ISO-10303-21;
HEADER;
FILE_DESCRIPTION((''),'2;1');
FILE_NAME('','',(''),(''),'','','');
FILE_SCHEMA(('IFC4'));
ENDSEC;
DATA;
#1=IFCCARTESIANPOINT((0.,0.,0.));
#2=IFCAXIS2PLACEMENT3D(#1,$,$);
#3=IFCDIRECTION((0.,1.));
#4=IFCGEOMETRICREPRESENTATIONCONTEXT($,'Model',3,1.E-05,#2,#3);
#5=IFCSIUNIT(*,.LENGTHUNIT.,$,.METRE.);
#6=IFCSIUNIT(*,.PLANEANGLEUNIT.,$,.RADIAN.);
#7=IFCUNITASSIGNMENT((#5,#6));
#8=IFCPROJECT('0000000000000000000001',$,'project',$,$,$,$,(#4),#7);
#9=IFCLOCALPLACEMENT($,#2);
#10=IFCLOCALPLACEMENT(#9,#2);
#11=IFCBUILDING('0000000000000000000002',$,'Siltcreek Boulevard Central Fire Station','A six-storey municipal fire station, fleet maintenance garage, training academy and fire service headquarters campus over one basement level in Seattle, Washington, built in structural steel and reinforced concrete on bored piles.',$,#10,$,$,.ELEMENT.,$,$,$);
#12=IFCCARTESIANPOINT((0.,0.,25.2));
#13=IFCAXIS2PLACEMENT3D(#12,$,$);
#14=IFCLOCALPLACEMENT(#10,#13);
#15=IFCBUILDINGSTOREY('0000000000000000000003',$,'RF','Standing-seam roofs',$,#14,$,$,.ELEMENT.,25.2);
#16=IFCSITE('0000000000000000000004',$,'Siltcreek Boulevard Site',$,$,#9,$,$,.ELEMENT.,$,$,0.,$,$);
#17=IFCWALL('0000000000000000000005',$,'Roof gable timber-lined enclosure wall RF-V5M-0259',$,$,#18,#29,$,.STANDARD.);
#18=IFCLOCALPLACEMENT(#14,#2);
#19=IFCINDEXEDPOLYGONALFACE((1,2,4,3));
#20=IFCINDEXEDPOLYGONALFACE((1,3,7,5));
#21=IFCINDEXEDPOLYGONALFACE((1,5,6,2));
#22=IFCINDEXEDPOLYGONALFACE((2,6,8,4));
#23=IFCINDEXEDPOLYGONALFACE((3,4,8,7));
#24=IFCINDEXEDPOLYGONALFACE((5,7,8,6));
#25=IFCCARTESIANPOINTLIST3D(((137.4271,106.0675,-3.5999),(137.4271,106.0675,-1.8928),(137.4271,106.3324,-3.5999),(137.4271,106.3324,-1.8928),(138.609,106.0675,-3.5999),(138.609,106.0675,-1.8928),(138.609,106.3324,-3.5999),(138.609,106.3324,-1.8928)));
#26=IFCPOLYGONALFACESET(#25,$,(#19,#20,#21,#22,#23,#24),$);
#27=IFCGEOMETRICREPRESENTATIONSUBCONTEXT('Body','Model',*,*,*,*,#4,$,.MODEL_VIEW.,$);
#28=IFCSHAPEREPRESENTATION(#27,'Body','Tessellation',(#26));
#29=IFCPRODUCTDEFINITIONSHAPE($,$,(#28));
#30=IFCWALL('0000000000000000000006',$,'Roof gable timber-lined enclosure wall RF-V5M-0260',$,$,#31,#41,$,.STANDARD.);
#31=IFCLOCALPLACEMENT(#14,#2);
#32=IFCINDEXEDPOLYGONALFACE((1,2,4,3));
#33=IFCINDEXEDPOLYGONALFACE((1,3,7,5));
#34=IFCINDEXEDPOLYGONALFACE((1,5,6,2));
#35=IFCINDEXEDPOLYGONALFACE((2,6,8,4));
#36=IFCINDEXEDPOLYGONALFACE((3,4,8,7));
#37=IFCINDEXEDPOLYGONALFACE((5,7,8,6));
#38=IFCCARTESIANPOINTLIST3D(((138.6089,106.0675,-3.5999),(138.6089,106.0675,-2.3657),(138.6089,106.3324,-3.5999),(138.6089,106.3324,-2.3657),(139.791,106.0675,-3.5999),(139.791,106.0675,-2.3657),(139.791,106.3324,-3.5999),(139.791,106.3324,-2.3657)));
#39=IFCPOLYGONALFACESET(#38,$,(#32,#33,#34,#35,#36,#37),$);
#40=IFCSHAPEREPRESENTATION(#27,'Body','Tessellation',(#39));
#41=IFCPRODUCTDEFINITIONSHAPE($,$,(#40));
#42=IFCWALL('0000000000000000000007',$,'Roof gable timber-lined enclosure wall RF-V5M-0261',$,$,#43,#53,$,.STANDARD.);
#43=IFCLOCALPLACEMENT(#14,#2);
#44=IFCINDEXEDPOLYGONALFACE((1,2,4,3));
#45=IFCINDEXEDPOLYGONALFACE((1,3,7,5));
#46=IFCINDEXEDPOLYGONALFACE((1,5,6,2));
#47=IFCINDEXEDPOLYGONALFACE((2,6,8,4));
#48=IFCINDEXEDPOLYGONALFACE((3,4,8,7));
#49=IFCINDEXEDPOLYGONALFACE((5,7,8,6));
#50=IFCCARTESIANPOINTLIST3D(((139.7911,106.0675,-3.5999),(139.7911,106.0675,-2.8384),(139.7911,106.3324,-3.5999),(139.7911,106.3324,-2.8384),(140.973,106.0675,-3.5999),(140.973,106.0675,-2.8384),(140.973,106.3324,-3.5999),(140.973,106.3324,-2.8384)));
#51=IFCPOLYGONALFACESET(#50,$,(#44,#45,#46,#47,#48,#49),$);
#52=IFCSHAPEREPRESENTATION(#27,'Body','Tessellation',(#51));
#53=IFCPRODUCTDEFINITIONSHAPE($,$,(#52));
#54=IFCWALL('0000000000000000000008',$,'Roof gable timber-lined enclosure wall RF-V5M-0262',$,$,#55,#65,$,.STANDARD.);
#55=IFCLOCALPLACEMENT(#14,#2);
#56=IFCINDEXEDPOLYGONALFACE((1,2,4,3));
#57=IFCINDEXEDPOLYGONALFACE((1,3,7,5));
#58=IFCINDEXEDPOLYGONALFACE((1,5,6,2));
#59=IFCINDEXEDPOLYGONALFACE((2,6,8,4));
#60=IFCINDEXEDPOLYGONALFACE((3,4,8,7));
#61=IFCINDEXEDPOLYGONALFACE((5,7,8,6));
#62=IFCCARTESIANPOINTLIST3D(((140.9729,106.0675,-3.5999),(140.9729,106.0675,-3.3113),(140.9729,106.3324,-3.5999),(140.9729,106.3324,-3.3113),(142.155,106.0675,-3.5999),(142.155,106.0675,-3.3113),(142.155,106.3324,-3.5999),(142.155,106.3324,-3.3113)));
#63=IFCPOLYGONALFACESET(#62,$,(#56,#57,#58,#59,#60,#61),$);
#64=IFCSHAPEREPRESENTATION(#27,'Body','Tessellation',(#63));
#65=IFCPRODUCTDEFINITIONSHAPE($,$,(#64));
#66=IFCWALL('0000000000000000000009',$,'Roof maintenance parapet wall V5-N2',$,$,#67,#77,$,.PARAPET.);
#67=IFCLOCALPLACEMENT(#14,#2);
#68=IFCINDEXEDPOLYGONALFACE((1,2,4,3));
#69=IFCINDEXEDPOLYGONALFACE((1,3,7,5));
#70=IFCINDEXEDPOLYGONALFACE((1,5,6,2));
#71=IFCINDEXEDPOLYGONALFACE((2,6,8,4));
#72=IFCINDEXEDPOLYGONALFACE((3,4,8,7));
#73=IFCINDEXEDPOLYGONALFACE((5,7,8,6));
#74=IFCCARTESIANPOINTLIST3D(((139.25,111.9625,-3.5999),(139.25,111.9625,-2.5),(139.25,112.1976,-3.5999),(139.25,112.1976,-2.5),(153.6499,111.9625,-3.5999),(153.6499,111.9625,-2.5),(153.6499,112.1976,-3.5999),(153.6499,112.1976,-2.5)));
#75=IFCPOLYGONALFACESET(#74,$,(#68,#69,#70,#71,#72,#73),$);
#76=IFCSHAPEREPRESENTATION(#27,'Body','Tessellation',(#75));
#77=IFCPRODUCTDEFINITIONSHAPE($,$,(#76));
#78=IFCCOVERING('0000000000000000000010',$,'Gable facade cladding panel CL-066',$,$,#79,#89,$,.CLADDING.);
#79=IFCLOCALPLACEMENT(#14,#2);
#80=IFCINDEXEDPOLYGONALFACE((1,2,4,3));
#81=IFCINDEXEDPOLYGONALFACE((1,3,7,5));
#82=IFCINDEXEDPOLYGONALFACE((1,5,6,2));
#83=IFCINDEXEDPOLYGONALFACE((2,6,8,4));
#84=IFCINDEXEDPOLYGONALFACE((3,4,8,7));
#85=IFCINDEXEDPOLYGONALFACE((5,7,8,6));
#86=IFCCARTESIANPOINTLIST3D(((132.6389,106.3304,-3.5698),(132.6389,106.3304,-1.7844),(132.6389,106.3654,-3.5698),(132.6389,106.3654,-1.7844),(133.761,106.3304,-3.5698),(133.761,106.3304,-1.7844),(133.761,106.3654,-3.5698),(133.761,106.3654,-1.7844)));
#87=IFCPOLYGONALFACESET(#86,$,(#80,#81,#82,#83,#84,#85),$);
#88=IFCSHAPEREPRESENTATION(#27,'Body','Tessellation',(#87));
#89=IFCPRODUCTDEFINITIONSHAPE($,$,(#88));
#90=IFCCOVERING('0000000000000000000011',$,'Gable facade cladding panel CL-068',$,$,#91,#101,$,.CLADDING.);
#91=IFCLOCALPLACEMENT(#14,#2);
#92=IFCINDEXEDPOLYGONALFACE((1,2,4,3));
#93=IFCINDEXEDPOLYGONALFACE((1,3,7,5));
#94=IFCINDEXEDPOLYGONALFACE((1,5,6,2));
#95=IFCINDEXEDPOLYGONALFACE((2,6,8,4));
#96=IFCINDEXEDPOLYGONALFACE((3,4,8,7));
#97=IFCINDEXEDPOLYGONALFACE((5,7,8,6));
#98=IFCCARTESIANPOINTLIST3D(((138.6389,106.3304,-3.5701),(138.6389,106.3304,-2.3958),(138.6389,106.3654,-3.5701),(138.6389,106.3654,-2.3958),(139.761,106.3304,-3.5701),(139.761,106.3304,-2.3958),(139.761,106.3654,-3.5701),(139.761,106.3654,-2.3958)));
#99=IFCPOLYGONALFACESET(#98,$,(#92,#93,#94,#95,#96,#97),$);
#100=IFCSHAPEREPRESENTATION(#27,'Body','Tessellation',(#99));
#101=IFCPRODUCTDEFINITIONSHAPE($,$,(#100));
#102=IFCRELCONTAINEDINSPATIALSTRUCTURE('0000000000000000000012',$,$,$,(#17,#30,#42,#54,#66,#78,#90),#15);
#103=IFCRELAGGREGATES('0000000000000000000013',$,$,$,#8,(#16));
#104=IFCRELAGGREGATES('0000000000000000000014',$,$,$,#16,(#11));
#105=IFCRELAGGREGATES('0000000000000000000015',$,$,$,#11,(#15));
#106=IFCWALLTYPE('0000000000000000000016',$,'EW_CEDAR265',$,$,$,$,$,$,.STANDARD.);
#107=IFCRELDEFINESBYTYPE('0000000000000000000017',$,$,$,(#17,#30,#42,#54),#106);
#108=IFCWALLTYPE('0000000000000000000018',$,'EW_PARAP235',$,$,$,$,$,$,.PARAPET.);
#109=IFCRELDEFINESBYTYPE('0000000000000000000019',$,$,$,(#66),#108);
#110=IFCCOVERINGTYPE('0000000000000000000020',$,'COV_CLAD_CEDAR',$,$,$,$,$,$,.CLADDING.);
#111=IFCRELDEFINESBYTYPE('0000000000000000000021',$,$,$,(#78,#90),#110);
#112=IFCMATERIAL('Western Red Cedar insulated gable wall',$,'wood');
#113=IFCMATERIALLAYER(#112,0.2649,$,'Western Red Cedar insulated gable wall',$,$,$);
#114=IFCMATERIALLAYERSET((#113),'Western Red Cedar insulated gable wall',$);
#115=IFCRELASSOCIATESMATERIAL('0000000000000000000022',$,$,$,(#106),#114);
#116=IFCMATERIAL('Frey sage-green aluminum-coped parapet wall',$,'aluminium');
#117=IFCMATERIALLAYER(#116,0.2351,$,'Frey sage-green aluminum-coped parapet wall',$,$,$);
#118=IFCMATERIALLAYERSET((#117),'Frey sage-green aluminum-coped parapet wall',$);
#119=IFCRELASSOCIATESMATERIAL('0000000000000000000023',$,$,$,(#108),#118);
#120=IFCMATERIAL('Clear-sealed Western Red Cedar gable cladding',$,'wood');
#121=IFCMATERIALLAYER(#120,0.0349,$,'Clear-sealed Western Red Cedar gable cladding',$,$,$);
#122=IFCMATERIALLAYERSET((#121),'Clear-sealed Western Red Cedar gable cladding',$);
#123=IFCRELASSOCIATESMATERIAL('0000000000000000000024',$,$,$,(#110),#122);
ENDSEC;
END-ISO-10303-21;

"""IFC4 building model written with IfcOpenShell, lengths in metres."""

from ifc_helpers import new_model, si_unit, direction, frame, frame_2d, origin, origin_2d, place, context, subcontext, project, spatial, rectangle, extrude, material, layer, layer_set, type_object, element, save


model = new_model("IFC4")

# Units and contexts
model_context = context("Model", 3, precision=1e-05, world=origin(), true_north=direction((0.0, 1.0)))
body_context = subcontext(model_context, "Body", "Model", "MODEL_VIEW")
ifc_project = project(units=[si_unit("LENGTHUNIT", "METRE"), si_unit("PLANEANGLEUNIT", "RADIAN")], contexts=[model_context])

# Site, building, storey
site_placement = place(None, origin())
site = spatial("IfcSite", under=ifc_project, at=site_placement, Name="Siltcreek Boulevard Site", CompositionType="ELEMENT", RefElevation=0.0)
building_placement = place(site_placement, origin())
building = spatial("IfcBuilding", under=site, at=building_placement, Name="Siltcreek Boulevard Central Fire Station", Description="A six-storey municipal fire station, fleet maintenance garage, training academy and fire service headquarters campus over one basement level in Seattle, Washington, built in structural steel and reinforced concrete on bored piles.", CompositionType="ELEMENT")
storey_placement = place(building_placement, frame((0.0, 0.0, 25.2)))
storey = spatial("IfcBuildingStorey", under=building, at=storey_placement, Name="RF", Description="Standing-seam roofs", CompositionType="ELEMENT", Elevation=25.2)

# Walls
ifc_material_1 = material(Name="Western Red Cedar insulated gable wall", Category="wood")
ifc_layer_1 = layer(ifc_material_1, 0.2649, Name="Western Red Cedar insulated gable wall")
ifc_layer_set_1 = layer_set([ifc_layer_1], Name="Western Red Cedar insulated gable wall")
wall_type_1 = type_object("IfcWallType", Name="EW_CEDAR265", PredefinedType="STANDARD", material=ifc_layer_set_1)
wall_1_placement = place(storey_placement, frame((138.6089, 106.2, -3.5999), z_axis=(0.0, 0.0, 1.0), x_axis=(-1.0, 0.0, 0.0)))
element("IfcWall", 1, at=wall_1_placement, inside=storey, type_object=wall_type_1, Name="Roof gable timber-lined enclosure wall RF-V5M-0259", PredefinedType="STANDARD", context=body_context, shape_type="SweptSolid", body=[
    extrude(rectangle(XDim=1.1819, YDim=0.2649, at=frame_2d((0.5908, 0.0))), origin(), (0.0, 0.0, 1.0), 1.707),
])
wall_2_placement = place(storey_placement, frame((139.791, 106.2, -3.5999), z_axis=(0.0, 0.0, 1.0), x_axis=(-1.0, 0.0, 0.0)))
element("IfcWall", 2, at=wall_2_placement, inside=storey, type_object=wall_type_1, Name="Roof gable timber-lined enclosure wall RF-V5M-0260", PredefinedType="STANDARD", context=body_context, shape_type="SweptSolid", body=[
    extrude(rectangle(XDim=1.1821, YDim=0.2649, at=frame_2d((0.5911, 0.0))), origin(), (0.0, 0.0, 1.0), 1.2341),
])
wall_3_placement = place(storey_placement, frame((140.9729, 106.2, -3.5999), z_axis=(0.0, 0.0, 1.0), x_axis=(-1.0, 0.0, 0.0)))
element("IfcWall", 3, at=wall_3_placement, inside=storey, type_object=wall_type_1, Name="Roof gable timber-lined enclosure wall RF-V5M-0261", PredefinedType="STANDARD", context=body_context, shape_type="SweptSolid", body=[
    extrude(rectangle(XDim=1.1819, YDim=0.2649, at=frame_2d((0.5908, 0.0))), origin(), (0.0, 0.0, 1.0), 0.7615),
])
wall_4_placement = place(storey_placement, frame((142.155, 106.2, -3.5999), z_axis=(0.0, 0.0, 1.0), x_axis=(-1.0, 0.0, 0.0)))
element("IfcWall", 4, at=wall_4_placement, inside=storey, type_object=wall_type_1, Name="Roof gable timber-lined enclosure wall RF-V5M-0262", PredefinedType="STANDARD", context=body_context, shape_type="SweptSolid", body=[
    extrude(rectangle(XDim=1.1821, YDim=0.2649, at=frame_2d((0.5911, 0.0))), origin(), (0.0, 0.0, 1.0), 0.2886),
])
ifc_material_2 = material(Name="Frey sage-green aluminum-coped parapet wall", Category="aluminium")
ifc_layer_2 = layer(ifc_material_2, 0.2351, Name="Frey sage-green aluminum-coped parapet wall")
ifc_layer_set_2 = layer_set([ifc_layer_2], Name="Frey sage-green aluminum-coped parapet wall")
wall_type_2 = type_object("IfcWallType", Name="EW_PARAP235", PredefinedType="PARAPET", material=ifc_layer_set_2)
wall_5_placement = place(storey_placement, frame((139.25, 112.0801, -3.5999), z_axis=(0.0, 0.0, 1.0), x_axis=(1.0, 0.0, 0.0)))
element("IfcWall", 5, at=wall_5_placement, inside=storey, type_object=wall_type_2, Name="Roof maintenance parapet wall V5-N2", PredefinedType="PARAPET", context=body_context, shape_type="SweptSolid", body=[
    extrude(rectangle(XDim=14.3999, YDim=0.2351, at=frame_2d((7.2, 0.0))), origin(), (0.0, 0.0, 1.0), 1.0999),
])

# Coverings
ifc_material_3 = material(Name="Clear-sealed Western Red Cedar gable cladding", Category="wood")
ifc_layer_3 = layer(ifc_material_3, 0.0349, Name="Clear-sealed Western Red Cedar gable cladding")
ifc_layer_set_3 = layer_set([ifc_layer_3], Name="Clear-sealed Western Red Cedar gable cladding")
covering_type = type_object("IfcCoveringType", Name="COV_CLAD_CEDAR", PredefinedType="CLADDING", material=ifc_layer_set_3)
covering_1_placement = place(storey_placement, frame((133.2, 106.3479, -3.5698), z_axis=(0.0, 0.0, 1.0), x_axis=(-1.0, 0.0, 0.0)))
element("IfcCovering", 6, at=covering_1_placement, inside=storey, type_object=covering_type, Name="Gable facade cladding panel CL-066", PredefinedType="CLADDING", context=body_context, shape_type="SweptSolid", body=[
    extrude(rectangle(XDim=1.1221, YDim=0.0349, at=origin_2d()), origin(), (0.0, 0.0, 1.0), 1.7854),
])
covering_2_placement = place(storey_placement, frame((139.2, 106.3479, -3.5701), z_axis=(0.0, 0.0, 1.0), x_axis=(-1.0, 0.0, 0.0)))
element("IfcCovering", 7, at=covering_2_placement, inside=storey, type_object=covering_type, Name="Gable facade cladding panel CL-068", PredefinedType="CLADDING", context=body_context, shape_type="SweptSolid", body=[
    extrude(rectangle(XDim=1.1221, YDim=0.0349, at=origin_2d()), origin(), (0.0, 0.0, 1.0), 1.1743),
])

save(model, "model.ifc")
